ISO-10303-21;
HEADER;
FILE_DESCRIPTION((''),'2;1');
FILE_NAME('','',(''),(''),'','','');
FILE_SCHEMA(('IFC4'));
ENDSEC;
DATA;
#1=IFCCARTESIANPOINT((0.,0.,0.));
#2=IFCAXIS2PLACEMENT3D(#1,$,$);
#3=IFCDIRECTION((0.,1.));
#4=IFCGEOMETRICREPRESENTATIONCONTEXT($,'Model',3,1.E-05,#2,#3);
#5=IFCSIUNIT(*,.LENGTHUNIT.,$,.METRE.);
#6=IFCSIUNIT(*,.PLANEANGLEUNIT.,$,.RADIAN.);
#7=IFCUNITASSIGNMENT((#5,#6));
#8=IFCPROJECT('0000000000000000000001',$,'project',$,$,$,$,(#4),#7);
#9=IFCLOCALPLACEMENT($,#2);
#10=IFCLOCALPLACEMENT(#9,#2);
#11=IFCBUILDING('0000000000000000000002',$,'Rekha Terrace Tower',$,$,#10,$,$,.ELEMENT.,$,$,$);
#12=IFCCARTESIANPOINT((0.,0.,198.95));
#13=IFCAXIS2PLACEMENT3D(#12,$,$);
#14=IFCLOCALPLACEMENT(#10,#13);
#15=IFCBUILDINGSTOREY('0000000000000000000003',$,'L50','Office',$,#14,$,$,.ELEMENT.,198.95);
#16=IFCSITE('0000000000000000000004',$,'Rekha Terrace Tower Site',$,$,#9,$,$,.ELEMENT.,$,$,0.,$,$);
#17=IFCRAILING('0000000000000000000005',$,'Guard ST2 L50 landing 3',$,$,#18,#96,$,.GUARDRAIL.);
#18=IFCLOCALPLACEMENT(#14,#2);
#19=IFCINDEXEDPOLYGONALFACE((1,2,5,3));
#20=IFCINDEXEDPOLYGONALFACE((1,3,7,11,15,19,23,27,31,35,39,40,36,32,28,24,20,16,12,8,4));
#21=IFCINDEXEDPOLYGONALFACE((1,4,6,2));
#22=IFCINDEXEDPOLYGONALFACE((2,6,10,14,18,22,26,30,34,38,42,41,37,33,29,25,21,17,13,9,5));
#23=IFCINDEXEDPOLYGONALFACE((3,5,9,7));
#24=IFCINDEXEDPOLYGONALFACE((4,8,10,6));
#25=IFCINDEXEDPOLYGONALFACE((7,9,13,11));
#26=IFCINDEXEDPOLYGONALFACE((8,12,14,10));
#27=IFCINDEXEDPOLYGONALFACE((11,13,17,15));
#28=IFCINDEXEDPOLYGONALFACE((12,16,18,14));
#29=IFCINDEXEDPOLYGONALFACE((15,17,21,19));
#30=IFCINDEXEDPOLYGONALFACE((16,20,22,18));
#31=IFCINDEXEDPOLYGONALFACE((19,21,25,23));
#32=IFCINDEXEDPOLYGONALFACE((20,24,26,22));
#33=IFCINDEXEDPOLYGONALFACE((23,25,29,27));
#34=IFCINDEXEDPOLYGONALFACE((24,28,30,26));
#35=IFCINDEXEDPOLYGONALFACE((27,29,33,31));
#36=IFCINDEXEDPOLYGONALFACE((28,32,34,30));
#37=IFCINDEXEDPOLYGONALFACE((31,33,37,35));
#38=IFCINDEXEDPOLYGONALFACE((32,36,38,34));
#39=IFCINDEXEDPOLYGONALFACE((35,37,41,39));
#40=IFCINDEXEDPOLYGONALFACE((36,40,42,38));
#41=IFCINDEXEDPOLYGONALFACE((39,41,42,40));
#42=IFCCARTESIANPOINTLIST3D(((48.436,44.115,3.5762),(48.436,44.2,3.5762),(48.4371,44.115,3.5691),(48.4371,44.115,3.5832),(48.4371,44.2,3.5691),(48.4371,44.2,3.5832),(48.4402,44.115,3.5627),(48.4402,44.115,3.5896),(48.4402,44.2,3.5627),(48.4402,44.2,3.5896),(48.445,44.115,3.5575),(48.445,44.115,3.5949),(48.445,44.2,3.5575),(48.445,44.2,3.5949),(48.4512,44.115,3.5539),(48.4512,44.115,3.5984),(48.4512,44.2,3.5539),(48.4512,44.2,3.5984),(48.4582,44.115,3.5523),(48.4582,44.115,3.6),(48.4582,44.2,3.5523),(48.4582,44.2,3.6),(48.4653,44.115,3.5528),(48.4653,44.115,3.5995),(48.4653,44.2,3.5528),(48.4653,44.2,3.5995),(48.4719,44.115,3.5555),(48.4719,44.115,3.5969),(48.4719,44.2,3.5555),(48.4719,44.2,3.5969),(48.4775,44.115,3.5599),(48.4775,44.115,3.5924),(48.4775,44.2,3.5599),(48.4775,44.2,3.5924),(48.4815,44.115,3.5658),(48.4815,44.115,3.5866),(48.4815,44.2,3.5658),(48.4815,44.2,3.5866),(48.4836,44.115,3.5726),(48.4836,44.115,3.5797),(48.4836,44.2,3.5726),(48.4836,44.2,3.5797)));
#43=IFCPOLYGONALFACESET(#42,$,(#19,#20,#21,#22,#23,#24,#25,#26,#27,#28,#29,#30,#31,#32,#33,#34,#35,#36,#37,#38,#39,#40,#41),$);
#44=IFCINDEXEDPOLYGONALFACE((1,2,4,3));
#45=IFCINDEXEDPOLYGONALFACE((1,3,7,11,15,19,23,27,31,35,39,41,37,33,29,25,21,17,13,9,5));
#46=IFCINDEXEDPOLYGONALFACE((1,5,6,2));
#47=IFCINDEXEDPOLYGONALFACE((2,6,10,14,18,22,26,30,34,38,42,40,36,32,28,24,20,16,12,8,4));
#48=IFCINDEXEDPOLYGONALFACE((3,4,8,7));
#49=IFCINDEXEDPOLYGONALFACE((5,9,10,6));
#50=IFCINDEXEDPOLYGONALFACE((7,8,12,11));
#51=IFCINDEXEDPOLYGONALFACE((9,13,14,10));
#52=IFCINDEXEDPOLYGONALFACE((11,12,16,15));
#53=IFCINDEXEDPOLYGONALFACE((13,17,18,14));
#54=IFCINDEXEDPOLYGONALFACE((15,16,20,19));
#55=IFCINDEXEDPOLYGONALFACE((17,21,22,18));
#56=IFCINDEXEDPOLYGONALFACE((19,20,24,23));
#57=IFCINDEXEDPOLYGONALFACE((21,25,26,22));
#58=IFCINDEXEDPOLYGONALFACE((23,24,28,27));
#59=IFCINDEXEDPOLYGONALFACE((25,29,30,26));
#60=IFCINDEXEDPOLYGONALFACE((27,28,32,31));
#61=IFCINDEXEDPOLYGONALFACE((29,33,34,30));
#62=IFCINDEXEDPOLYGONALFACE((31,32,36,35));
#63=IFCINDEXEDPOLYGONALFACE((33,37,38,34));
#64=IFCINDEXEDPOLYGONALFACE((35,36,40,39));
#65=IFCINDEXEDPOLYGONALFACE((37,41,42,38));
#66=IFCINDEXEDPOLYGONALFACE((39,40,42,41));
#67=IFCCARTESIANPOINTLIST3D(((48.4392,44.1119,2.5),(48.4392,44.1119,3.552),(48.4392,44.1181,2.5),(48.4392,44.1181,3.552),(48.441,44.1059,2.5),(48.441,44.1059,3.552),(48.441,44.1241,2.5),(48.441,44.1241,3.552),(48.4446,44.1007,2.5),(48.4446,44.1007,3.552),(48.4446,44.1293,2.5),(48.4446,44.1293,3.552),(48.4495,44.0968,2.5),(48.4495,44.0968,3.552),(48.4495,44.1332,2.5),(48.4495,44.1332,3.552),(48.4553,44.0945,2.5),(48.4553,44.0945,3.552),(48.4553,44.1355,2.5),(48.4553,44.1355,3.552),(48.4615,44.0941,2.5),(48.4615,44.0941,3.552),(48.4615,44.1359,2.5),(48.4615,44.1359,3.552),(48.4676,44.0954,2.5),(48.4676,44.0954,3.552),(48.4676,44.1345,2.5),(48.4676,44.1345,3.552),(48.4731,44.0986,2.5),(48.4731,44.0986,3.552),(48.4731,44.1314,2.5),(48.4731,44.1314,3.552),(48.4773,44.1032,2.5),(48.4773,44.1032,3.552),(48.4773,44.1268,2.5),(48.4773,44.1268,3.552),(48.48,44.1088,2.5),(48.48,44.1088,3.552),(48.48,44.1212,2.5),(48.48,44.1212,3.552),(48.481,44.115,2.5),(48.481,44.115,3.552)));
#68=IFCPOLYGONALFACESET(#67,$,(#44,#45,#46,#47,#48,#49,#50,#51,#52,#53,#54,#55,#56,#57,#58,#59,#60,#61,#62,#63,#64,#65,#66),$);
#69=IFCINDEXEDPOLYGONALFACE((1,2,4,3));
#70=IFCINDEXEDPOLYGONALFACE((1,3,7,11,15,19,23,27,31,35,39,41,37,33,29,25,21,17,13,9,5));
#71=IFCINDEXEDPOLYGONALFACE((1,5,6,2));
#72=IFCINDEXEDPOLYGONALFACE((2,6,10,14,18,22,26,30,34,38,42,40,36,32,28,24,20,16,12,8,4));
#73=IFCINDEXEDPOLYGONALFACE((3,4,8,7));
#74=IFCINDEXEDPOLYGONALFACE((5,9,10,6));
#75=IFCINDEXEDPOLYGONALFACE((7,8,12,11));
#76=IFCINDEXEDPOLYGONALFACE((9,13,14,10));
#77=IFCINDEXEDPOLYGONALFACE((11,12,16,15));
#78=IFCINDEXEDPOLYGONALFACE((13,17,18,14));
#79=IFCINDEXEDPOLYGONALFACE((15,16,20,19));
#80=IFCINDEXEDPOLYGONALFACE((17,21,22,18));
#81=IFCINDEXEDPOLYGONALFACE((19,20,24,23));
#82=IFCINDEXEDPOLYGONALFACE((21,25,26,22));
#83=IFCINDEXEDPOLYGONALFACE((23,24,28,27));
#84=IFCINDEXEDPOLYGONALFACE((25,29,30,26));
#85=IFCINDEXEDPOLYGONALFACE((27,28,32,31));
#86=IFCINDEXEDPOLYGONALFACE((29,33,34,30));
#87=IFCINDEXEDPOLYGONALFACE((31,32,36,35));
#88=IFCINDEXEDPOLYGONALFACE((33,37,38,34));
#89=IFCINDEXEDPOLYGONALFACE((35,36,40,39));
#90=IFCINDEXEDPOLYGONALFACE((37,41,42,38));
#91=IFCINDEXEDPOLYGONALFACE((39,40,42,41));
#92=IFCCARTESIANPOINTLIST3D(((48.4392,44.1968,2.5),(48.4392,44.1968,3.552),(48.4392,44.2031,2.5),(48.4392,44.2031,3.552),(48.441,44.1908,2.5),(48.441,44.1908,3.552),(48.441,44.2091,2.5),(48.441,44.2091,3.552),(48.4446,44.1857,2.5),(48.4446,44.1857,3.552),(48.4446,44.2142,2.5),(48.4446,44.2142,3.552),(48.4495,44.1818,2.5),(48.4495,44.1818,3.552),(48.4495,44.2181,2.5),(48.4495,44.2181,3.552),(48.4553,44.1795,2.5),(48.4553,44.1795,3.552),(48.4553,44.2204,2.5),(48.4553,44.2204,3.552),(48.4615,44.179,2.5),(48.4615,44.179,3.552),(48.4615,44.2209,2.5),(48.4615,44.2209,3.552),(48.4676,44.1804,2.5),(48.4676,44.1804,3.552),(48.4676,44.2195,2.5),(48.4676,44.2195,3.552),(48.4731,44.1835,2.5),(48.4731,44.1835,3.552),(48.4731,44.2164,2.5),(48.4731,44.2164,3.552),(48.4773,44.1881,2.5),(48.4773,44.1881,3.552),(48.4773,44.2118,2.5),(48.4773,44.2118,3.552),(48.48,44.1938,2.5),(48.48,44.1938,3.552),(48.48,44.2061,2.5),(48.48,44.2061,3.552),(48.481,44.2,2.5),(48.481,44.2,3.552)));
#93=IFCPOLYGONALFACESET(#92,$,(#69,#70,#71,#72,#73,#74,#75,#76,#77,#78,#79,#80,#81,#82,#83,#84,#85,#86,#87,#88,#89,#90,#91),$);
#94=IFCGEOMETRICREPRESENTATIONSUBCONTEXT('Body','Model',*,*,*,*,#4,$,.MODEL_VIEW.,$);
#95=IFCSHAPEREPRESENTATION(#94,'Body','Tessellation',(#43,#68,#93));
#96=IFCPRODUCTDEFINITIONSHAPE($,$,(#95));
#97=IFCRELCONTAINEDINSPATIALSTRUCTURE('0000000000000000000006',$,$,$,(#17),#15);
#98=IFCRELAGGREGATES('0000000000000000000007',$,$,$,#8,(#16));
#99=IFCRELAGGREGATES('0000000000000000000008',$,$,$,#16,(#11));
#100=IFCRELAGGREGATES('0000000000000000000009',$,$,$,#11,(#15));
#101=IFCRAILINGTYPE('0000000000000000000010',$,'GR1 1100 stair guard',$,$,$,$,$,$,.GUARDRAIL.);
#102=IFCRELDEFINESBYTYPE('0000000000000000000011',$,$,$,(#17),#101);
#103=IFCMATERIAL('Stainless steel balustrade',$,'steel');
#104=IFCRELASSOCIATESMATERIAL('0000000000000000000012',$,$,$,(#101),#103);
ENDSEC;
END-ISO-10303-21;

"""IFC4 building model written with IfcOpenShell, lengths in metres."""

from ifc_helpers import new_model, si_unit, direction, frame, origin, origin_2d, place, context, subcontext, project, spatial, circle, extrude, material, type_object, element, save


model = new_model("IFC4")

# Units and contexts
model_context = context("Model", 3, precision=1e-05, world=origin(), true_north=direction((0.0, 1.0)))
body_context = subcontext(model_context, "Body", "Model", "MODEL_VIEW")
ifc_project = project(units=[si_unit("LENGTHUNIT", "METRE"), si_unit("PLANEANGLEUNIT", "RADIAN")], contexts=[model_context])

# Site, building, storey
site_placement = place(None, origin())
site = spatial("IfcSite", under=ifc_project, at=site_placement, Name="Rekha Terrace Tower Site", CompositionType="ELEMENT", RefElevation=0.0)
building_placement = place(site_placement, origin())
building = spatial("IfcBuilding", under=site, at=building_placement, Name="Rekha Terrace Tower", CompositionType="ELEMENT")
storey_placement = place(building_placement, frame((0.0, 0.0, 198.95)))
storey = spatial("IfcBuildingStorey", under=building, at=storey_placement, Name="L50", Description="Office", CompositionType="ELEMENT", Elevation=198.95)

# Railing
ifc_material_1 = material(Name="Stainless steel balustrade", Category="steel")
railing_type_1 = type_object("IfcRailingType", Name="GR1 1100 stair guard", PredefinedType="GUARDRAIL", material=ifc_material_1)
railing_1_placement = place(storey_placement, frame((48.46, 44.115, 2.5)))
element("IfcRailing", 1, at=railing_1_placement, inside=storey, type_object=railing_type_1, Name="Guard ST2 L50 landing 3", PredefinedType="GUARDRAIL", context=body_context, shape_type="SweptSolid", body=[
    extrude(circle(Radius=0.0239, at=origin_2d()), frame((0.0, 0.0, 1.0762), z_axis=(0.0, 1.0, 0.0), x_axis=(-1.0, 0.0, 0.0)), (0.0, 0.0, 1.0), 0.085),
    extrude(circle(Radius=0.021, at=origin_2d()), origin(), (0.0, 0.0, 1.0), 1.052),
    extrude(circle(Radius=0.021, at=origin_2d()), frame((0.0, 0.085, 0.0)), (0.0, 0.0, 1.0), 1.052),
])

save(model, "model.ifc")
